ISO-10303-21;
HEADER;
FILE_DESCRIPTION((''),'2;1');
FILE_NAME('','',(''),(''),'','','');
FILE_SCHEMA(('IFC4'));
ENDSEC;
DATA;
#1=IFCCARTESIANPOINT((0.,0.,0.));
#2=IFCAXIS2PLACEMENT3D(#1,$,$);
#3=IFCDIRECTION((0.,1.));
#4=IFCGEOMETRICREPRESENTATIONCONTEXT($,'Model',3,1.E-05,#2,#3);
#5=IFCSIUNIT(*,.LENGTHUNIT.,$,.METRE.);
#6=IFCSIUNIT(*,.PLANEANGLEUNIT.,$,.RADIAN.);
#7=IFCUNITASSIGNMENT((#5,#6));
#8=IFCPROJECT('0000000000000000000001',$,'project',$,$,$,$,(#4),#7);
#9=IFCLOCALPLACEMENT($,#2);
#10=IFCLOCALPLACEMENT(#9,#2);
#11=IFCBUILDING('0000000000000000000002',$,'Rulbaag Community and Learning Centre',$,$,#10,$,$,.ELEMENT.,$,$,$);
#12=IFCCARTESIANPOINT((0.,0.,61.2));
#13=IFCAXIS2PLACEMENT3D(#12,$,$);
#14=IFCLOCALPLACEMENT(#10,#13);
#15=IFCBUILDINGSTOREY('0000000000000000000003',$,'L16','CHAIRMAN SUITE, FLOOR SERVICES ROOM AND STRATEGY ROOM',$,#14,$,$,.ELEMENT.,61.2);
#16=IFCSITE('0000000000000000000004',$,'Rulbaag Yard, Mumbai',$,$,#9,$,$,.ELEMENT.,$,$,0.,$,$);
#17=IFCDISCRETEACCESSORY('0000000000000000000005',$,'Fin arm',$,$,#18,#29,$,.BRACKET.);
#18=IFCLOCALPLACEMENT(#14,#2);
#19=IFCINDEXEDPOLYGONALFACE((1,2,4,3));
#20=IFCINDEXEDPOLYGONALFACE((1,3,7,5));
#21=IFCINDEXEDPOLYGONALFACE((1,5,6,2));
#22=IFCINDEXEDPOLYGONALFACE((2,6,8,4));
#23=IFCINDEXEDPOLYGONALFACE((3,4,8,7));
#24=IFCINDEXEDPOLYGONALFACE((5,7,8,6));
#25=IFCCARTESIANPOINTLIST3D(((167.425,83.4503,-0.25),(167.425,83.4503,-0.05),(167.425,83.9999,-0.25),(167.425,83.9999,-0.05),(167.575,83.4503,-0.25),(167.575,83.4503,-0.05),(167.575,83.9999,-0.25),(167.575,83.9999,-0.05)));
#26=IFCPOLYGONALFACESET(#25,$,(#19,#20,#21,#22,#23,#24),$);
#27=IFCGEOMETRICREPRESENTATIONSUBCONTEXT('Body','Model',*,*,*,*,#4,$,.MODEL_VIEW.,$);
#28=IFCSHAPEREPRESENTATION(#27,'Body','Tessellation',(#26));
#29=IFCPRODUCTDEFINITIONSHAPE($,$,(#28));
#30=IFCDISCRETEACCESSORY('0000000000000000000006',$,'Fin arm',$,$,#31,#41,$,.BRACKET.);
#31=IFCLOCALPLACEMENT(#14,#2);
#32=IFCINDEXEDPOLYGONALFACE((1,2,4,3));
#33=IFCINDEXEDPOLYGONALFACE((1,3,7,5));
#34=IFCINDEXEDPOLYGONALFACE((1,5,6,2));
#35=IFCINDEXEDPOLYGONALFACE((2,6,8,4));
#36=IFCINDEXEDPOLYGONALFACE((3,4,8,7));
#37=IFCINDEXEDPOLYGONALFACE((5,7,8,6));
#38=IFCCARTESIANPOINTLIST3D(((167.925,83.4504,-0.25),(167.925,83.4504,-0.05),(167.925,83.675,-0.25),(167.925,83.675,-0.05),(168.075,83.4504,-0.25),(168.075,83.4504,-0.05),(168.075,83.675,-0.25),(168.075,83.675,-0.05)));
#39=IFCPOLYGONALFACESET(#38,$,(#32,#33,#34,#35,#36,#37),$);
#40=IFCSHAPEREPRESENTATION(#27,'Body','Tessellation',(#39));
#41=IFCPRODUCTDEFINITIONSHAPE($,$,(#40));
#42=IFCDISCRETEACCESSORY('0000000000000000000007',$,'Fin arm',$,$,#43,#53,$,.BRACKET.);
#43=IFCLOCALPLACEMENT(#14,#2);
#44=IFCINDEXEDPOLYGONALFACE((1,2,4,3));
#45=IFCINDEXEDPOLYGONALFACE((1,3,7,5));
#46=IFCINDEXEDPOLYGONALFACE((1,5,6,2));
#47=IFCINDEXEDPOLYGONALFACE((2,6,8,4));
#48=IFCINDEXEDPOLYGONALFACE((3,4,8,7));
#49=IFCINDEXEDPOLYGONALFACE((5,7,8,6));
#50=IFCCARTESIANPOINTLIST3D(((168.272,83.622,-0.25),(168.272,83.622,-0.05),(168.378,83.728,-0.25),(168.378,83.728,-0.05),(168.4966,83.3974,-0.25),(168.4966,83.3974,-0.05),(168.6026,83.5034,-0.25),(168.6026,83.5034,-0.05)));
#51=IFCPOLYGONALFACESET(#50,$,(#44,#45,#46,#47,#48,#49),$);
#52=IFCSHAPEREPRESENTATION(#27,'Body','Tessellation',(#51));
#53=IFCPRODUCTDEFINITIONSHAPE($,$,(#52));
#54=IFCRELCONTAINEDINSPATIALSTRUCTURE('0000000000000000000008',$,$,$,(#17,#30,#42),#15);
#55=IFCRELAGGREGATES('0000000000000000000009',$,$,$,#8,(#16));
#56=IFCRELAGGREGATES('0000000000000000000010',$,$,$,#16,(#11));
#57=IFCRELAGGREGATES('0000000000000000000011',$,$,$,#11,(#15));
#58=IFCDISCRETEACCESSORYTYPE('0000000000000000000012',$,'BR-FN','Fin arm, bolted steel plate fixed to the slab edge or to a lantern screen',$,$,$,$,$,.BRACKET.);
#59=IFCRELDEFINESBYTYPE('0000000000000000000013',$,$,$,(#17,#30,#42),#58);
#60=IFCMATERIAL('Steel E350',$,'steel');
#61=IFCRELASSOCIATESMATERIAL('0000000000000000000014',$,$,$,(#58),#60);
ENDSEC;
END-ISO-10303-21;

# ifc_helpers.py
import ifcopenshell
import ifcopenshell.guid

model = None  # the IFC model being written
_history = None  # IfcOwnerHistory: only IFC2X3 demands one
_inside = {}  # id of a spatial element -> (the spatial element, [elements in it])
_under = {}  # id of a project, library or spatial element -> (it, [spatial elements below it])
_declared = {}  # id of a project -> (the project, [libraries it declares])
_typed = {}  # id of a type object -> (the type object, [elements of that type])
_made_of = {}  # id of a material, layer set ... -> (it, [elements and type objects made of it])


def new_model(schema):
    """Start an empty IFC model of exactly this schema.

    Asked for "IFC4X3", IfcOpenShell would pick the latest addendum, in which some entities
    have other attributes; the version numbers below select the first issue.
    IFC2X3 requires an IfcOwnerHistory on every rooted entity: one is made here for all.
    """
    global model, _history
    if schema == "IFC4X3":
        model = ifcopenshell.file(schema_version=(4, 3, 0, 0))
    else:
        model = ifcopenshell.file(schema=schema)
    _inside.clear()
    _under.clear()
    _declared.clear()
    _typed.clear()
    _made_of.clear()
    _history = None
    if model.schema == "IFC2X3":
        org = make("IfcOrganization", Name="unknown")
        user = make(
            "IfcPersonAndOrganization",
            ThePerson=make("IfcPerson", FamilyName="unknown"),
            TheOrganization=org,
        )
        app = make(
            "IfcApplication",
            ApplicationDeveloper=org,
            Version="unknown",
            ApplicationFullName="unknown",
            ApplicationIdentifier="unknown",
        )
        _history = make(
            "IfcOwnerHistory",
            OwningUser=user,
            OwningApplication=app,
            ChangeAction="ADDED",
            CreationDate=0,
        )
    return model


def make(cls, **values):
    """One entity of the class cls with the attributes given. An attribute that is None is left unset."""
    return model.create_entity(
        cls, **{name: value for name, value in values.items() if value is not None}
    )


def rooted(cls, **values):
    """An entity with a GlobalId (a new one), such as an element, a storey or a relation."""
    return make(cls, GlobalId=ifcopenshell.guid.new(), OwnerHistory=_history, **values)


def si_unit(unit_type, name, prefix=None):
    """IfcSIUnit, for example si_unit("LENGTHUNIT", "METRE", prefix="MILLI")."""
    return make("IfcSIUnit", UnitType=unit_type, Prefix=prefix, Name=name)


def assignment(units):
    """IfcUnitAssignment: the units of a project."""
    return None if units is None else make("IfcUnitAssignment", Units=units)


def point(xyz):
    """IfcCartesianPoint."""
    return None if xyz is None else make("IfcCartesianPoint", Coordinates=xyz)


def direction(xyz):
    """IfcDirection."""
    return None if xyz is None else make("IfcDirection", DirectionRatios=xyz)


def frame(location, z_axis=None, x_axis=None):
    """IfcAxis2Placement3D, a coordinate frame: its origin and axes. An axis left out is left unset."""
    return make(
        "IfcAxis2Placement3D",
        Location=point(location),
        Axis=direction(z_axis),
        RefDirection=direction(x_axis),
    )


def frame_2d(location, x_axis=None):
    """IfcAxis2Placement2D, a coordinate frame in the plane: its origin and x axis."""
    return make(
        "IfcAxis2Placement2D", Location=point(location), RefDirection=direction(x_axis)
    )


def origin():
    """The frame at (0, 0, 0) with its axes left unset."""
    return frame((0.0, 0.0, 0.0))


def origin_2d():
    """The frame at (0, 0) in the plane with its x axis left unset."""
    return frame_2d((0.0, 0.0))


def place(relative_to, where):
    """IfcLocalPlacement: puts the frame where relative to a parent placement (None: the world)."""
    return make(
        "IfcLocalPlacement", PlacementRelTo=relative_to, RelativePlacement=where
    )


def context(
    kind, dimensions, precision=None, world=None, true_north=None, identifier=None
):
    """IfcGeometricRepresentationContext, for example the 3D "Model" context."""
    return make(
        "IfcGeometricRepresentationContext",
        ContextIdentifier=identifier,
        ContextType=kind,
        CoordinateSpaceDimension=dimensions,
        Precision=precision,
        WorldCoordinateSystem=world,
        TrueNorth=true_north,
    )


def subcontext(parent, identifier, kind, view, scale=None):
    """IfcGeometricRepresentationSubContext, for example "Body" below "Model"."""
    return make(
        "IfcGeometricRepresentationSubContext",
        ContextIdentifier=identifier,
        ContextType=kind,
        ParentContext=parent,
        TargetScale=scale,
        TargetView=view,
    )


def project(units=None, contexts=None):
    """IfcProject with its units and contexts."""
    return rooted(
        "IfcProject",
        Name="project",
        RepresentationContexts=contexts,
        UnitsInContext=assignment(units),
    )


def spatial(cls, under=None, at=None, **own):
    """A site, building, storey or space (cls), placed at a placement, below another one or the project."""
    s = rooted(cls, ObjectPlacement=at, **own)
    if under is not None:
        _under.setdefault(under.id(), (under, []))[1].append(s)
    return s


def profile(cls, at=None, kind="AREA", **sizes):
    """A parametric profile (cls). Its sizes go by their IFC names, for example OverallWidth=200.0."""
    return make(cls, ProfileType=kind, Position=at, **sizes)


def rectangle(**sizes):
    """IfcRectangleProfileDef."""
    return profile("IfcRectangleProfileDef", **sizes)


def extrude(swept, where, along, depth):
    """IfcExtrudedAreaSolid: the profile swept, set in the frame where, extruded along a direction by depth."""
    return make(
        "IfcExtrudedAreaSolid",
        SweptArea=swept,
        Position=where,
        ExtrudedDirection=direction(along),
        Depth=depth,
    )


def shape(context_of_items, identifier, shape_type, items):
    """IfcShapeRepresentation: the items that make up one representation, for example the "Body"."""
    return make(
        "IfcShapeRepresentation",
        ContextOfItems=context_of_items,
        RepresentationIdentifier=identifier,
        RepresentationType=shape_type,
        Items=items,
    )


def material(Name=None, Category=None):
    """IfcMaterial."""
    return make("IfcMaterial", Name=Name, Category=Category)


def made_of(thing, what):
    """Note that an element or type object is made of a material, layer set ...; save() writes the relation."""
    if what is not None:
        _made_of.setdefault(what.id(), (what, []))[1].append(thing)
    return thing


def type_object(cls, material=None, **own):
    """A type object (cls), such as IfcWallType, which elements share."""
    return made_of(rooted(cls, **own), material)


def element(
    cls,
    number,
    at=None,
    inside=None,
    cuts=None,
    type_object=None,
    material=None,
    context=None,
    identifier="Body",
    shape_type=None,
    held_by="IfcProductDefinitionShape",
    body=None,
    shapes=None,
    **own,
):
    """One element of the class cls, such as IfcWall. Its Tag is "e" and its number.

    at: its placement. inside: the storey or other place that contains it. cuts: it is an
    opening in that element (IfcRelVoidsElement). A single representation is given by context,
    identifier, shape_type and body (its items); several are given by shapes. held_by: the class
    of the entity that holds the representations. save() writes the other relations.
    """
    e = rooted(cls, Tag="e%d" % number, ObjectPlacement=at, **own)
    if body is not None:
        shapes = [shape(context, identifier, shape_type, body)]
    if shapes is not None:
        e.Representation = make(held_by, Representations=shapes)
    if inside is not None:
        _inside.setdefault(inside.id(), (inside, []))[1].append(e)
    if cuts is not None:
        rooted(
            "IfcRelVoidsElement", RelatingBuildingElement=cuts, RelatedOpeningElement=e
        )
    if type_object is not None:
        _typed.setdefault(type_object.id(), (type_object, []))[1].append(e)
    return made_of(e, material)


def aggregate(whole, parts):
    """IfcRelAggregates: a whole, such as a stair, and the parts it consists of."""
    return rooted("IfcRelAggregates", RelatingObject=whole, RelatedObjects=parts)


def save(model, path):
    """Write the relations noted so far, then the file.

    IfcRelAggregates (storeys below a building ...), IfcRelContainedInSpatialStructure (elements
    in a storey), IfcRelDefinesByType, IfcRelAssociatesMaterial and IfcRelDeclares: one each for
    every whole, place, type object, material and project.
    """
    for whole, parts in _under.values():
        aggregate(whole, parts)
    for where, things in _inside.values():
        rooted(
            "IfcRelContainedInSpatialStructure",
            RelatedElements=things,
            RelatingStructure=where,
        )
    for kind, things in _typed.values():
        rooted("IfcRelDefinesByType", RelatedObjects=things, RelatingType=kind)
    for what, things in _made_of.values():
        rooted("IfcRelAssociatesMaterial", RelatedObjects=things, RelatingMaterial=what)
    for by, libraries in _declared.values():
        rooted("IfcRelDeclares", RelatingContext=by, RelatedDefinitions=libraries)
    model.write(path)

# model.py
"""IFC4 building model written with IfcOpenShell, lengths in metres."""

from ifc_helpers import new_model, si_unit, direction, frame, origin, origin_2d, place, context, subcontext, project, spatial, rectangle, extrude, material, type_object, element, save


model = new_model("IFC4")

# Units and contexts
model_context = context("Model", 3, precision=1e-05, world=origin(), true_north=direction((0.0, 1.0)))
body_context = subcontext(model_context, "Body", "Model", "MODEL_VIEW")
ifc_project = project(units=[si_unit("LENGTHUNIT", "METRE"), si_unit("PLANEANGLEUNIT", "RADIAN")], contexts=[model_context])

# Site, building, storey
site_placement = place(None, origin())
site = spatial("IfcSite", under=ifc_project, at=site_placement, Name="Rulbaag Yard, Mumbai", CompositionType="ELEMENT", RefElevation=0.0)
building_placement = place(site_placement, origin())
building = spatial("IfcBuilding", under=site, at=building_placement, Name="Rulbaag Community and Learning Centre", CompositionType="ELEMENT")
storey_placement = place(building_placement, frame((0.0, 0.0, 61.2)))
storey = spatial("IfcBuildingStorey", under=building, at=storey_placement, Name="L16", Description="CHAIRMAN SUITE, FLOOR SERVICES ROOM AND STRATEGY ROOM", CompositionType="ELEMENT", Elevation=61.2)

# Discrete accessories
ifc_material_1 = material(Name="Steel E350", Category="steel")
discrete_accessory_type_1 = type_object("IfcDiscreteAccessoryType", Name="BR-FN", Description="Fin arm, bolted steel plate fixed to the slab edge or to a lantern screen", PredefinedType="BRACKET", material=ifc_material_1)
for number, where, z_axis, x_axis, name in (
    (1, (167.5, 83.7251, -0.25), (0.0, 0.0, 1.0), (1.0, 0.0, 0.0), "Fin arm"),
):
    element("IfcDiscreteAccessory", number, at=place(storey_placement, frame(where, z_axis=z_axis, x_axis=x_axis)), inside=storey, type_object=discrete_accessory_type_1, Name=name, PredefinedType="BRACKET", context=body_context, shape_type="SweptSolid", body=[
        extrude(rectangle(XDim=0.1499, YDim=0.5496, at=origin_2d()), origin(), (0.0, 0.0, 1.0), 0.2),
    ])
discrete_accessory_1_placement = place(storey_placement, frame((168.0, 83.5627, -0.25), z_axis=(0.0, 0.0, 1.0), x_axis=(1.0, 0.0, 0.0)))
element("IfcDiscreteAccessory", 2, at=discrete_accessory_1_placement, inside=storey, type_object=discrete_accessory_type_1, Name="Fin arm", PredefinedType="BRACKET", context=body_context, shape_type="SweptSolid", body=[
    extrude(rectangle(XDim=0.1499, YDim=0.2246, at=origin_2d()), origin(), (0.0, 0.0, 1.0), 0.2),
])
discrete_accessory_2_placement = place(storey_placement, frame((168.4373, 83.5627, -0.25), z_axis=(0.0, 0.0, 1.0), x_axis=(-0.707107, 0.707107, 0.0)))
element("IfcDiscreteAccessory", 3, at=discrete_accessory_2_placement, inside=storey, type_object=discrete_accessory_type_1, Name="Fin arm", PredefinedType="BRACKET", context=body_context, shape_type="SweptSolid", body=[
    extrude(rectangle(XDim=0.3176, YDim=0.1499, at=origin_2d()), origin(), (0.0, 0.0, 1.0), 0.2),
])

save(model, "model.ifc")
